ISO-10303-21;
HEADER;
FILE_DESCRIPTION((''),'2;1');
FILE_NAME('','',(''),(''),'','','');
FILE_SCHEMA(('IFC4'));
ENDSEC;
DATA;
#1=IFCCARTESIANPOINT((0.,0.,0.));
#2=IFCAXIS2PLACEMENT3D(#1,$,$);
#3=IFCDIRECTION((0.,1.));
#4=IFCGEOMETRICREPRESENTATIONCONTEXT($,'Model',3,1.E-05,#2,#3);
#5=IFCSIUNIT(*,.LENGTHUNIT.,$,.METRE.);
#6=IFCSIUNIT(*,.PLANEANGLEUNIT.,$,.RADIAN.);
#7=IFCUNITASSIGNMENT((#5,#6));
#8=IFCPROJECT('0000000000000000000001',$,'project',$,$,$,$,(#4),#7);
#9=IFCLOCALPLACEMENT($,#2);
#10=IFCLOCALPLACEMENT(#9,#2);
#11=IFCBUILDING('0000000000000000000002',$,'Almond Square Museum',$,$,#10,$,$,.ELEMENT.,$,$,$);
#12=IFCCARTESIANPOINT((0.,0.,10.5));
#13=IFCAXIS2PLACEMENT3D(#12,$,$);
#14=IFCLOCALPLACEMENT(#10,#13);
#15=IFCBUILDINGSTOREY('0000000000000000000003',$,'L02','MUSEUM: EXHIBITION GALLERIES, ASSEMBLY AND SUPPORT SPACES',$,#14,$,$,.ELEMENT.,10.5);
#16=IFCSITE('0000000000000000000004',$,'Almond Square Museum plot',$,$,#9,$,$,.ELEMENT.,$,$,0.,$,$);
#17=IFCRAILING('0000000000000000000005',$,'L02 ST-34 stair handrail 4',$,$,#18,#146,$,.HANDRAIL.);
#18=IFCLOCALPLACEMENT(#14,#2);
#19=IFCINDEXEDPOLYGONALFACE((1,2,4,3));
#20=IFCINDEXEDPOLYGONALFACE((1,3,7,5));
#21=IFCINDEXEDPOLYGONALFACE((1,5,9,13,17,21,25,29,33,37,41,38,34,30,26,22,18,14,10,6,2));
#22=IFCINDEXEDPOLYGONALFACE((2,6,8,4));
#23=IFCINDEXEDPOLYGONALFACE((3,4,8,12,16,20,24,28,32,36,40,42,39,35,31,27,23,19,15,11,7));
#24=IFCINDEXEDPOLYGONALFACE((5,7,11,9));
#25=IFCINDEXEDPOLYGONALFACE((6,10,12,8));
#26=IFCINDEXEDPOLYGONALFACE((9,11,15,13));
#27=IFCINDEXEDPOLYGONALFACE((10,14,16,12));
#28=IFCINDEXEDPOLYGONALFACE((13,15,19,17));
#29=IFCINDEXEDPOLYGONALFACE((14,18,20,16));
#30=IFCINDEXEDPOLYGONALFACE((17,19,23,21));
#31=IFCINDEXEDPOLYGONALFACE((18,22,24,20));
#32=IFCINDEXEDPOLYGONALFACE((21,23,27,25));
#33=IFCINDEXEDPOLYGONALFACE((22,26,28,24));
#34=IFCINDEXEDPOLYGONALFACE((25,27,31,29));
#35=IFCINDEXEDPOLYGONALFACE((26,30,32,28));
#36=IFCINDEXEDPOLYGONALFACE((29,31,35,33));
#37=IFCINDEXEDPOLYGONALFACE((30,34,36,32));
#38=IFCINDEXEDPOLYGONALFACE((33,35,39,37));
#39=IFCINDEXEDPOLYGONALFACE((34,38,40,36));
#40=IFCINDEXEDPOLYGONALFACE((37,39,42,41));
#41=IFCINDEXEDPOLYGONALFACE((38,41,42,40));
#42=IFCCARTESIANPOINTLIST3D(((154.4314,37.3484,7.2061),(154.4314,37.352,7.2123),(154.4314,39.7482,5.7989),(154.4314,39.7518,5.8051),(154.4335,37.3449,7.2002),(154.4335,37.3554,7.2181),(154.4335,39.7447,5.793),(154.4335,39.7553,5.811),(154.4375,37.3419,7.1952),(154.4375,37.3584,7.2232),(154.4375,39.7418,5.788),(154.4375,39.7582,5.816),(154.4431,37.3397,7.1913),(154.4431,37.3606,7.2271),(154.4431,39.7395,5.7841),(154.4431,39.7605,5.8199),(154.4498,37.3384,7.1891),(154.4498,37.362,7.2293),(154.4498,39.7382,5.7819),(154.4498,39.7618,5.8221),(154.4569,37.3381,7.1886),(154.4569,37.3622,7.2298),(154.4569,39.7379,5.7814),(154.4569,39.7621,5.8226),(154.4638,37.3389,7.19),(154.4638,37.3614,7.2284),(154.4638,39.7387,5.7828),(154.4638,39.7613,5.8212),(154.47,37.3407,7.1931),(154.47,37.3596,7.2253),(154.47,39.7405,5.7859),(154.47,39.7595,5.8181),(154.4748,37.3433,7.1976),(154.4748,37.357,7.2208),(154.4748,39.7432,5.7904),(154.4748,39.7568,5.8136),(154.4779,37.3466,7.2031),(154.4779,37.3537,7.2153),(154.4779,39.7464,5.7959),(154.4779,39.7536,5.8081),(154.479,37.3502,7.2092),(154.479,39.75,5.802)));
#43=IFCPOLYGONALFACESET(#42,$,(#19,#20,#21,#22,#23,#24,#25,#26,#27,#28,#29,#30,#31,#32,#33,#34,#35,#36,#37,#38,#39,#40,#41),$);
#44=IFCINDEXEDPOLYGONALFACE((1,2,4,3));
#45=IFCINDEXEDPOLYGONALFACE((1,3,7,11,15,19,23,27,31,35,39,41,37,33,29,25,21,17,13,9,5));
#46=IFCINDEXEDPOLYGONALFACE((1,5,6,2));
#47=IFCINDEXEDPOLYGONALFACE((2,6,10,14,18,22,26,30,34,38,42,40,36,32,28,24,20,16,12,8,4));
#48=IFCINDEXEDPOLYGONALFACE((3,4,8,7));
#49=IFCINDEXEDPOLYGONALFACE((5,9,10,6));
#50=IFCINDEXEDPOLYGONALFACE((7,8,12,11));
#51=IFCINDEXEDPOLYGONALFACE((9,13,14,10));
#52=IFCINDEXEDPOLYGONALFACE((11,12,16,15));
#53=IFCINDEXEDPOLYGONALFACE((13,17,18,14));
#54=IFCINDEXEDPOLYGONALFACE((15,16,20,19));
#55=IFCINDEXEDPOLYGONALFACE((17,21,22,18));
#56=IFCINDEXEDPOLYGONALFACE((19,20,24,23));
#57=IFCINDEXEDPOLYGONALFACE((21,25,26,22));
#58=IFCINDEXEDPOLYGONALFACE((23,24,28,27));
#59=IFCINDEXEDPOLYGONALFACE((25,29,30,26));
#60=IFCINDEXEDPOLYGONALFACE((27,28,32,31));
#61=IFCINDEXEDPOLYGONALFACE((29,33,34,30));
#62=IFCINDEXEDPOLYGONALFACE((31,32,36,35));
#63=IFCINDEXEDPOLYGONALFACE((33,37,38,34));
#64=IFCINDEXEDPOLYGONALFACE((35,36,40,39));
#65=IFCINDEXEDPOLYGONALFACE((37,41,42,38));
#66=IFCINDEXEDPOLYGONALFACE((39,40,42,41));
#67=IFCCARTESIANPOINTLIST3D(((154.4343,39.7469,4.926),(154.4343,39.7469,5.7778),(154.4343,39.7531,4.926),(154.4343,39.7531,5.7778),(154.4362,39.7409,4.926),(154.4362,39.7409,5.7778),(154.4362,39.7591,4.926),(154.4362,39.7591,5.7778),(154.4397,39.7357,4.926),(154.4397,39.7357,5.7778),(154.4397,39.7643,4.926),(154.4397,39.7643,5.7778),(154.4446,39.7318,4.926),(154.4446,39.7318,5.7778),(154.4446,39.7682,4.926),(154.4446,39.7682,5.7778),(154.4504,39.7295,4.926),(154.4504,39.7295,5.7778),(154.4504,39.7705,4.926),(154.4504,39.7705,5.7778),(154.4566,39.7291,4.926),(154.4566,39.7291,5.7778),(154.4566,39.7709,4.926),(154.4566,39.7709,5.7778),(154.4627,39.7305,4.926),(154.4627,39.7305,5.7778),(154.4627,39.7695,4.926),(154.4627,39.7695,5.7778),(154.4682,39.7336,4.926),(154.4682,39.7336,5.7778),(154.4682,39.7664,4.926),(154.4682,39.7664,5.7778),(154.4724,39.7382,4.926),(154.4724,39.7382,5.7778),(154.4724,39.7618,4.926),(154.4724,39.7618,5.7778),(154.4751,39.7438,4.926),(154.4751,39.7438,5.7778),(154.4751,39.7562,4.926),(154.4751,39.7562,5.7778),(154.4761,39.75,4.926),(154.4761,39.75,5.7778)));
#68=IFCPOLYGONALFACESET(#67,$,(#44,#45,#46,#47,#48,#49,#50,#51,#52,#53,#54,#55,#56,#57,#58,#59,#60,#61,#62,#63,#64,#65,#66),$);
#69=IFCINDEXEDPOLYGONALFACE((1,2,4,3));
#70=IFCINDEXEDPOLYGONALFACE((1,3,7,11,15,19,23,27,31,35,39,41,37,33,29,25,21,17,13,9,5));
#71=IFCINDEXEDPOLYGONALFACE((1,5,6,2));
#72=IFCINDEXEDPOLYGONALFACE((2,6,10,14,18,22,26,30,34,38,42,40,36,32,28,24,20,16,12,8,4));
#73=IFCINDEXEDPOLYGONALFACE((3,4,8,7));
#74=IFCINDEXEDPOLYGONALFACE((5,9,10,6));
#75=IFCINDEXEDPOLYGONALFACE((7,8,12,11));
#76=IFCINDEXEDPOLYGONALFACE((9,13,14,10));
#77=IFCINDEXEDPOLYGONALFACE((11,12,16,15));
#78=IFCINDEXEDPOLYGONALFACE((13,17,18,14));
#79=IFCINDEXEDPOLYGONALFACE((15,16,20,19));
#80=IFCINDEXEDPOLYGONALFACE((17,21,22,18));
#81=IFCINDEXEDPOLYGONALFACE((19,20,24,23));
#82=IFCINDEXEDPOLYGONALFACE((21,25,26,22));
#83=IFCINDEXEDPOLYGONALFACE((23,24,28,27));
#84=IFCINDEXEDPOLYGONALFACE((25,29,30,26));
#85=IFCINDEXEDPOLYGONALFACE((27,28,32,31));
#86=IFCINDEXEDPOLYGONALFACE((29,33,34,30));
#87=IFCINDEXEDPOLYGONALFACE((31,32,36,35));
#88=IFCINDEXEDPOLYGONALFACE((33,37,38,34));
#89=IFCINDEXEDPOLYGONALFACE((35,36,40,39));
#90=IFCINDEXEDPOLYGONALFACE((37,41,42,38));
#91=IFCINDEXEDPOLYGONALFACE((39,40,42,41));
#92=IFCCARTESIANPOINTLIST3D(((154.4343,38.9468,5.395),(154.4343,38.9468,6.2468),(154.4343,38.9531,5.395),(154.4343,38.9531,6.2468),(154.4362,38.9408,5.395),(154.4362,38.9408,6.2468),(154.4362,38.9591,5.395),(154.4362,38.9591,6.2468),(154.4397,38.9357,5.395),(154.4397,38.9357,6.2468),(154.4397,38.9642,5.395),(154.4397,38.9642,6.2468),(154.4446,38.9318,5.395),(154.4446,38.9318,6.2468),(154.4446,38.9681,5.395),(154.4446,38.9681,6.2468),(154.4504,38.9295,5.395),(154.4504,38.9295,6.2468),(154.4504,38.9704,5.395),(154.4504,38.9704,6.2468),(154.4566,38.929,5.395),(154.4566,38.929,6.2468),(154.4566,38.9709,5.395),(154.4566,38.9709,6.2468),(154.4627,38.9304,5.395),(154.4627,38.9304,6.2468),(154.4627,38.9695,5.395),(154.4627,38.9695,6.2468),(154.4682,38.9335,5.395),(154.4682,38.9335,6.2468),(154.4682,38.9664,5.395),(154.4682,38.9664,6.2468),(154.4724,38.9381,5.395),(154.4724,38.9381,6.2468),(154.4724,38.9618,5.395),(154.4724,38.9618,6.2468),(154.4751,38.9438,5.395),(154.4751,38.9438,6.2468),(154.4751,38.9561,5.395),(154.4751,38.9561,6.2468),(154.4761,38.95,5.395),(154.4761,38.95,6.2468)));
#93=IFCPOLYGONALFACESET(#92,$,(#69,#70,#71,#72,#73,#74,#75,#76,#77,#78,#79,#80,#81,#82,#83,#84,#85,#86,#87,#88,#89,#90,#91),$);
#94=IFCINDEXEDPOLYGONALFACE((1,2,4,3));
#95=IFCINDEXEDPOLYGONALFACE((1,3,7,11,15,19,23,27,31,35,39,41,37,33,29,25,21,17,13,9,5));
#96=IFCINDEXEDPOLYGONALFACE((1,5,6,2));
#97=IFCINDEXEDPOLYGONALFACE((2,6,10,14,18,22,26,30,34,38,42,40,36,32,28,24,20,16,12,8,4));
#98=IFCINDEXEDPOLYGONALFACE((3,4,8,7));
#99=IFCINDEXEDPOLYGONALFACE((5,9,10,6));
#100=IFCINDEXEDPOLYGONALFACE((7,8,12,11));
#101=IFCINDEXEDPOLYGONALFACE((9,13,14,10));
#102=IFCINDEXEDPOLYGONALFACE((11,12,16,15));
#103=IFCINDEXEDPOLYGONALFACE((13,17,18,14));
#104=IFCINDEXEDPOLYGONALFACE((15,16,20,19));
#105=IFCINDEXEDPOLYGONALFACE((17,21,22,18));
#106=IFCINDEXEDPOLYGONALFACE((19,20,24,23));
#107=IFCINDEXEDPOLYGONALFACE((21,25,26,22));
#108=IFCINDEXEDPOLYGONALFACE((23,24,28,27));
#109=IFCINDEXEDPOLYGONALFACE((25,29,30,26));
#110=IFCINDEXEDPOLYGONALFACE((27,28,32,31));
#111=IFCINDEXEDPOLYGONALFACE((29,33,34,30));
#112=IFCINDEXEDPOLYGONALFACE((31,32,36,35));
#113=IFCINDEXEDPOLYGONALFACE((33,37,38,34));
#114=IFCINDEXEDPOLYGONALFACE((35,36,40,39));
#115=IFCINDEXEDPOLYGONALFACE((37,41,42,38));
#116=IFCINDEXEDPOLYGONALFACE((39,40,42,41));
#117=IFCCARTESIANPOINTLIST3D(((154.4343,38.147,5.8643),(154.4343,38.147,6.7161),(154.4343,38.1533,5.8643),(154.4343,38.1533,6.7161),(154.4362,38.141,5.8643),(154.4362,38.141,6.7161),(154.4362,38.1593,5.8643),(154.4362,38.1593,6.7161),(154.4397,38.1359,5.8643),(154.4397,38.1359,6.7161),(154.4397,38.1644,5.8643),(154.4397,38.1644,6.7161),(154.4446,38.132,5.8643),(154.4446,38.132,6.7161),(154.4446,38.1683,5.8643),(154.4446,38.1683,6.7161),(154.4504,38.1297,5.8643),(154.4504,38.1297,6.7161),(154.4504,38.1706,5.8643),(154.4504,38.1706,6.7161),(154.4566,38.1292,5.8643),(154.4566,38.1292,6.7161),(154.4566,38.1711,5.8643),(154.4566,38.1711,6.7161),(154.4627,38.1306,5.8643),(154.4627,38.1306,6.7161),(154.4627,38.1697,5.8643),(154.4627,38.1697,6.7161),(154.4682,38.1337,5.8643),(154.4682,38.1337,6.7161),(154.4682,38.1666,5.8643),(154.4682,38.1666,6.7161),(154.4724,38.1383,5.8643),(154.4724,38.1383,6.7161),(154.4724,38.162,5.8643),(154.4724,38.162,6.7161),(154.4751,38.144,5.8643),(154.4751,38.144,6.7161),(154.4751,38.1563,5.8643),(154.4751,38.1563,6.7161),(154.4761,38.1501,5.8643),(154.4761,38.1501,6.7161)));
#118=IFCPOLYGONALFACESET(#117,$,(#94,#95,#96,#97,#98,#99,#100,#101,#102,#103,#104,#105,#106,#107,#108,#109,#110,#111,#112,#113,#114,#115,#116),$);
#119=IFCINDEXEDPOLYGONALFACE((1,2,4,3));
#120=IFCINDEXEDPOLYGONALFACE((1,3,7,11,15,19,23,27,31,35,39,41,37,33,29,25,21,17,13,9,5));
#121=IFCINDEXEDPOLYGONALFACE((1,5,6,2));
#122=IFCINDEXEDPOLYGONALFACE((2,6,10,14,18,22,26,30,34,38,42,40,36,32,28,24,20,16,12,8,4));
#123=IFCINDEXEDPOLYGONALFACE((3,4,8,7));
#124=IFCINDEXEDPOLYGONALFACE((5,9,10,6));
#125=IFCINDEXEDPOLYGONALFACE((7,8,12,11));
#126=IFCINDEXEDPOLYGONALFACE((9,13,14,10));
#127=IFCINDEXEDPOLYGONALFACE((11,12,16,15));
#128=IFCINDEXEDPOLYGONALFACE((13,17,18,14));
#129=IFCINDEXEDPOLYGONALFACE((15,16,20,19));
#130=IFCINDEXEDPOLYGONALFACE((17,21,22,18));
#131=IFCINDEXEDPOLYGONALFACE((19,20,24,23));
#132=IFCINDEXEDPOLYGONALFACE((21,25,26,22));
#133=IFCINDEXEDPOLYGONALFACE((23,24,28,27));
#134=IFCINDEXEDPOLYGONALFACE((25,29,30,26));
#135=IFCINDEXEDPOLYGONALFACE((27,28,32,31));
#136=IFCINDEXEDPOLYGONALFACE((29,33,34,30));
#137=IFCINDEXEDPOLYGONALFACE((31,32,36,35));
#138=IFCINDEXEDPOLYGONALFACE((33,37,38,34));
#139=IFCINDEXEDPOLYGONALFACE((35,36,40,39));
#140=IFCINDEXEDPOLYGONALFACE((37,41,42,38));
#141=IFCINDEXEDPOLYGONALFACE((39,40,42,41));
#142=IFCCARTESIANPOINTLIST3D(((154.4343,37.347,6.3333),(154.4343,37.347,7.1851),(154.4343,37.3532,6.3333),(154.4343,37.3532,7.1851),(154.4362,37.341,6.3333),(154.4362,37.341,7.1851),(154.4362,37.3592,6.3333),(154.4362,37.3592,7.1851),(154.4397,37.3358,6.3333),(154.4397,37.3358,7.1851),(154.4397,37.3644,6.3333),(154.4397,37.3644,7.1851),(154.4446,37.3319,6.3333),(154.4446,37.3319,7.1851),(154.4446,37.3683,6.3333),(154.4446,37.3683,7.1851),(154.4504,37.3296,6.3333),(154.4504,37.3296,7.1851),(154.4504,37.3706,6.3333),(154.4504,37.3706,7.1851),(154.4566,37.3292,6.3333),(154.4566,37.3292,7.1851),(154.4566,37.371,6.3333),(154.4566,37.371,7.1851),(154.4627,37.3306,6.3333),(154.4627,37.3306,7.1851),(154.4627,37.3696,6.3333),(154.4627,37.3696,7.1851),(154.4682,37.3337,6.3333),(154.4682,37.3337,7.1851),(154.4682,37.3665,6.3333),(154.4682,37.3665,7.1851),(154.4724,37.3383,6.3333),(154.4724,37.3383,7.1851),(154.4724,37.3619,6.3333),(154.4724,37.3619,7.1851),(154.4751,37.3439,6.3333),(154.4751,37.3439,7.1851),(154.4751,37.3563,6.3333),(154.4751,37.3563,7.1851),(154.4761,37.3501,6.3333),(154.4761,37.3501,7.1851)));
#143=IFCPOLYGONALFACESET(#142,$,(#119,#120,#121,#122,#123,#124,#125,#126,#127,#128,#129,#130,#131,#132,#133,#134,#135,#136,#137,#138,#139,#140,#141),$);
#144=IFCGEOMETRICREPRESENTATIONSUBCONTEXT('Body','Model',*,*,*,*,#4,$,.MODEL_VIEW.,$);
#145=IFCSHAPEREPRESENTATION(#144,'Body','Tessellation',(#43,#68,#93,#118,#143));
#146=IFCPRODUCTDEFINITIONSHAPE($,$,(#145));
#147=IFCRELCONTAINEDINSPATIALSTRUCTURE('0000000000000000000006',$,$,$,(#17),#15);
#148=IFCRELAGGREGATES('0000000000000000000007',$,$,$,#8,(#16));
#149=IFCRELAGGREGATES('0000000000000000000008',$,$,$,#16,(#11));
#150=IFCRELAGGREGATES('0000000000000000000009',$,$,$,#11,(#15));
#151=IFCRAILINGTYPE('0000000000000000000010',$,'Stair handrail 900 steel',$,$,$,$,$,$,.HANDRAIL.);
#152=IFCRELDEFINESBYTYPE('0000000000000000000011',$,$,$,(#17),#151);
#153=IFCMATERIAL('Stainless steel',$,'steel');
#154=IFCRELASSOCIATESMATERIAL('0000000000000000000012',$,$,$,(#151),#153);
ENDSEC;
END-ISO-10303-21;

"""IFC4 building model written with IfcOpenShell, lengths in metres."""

from ifc_helpers import new_model, si_unit, direction, frame, origin, origin_2d, place, context, subcontext, project, spatial, circle, extrude, material, type_object, element, save


model = new_model("IFC4")

# Units and contexts
model_context = context("Model", 3, precision=1e-05, world=origin(), true_north=direction((0.0, 1.0)))
body_context = subcontext(model_context, "Body", "Model", "MODEL_VIEW")
ifc_project = project(units=[si_unit("LENGTHUNIT", "METRE"), si_unit("PLANEANGLEUNIT", "RADIAN")], contexts=[model_context])

# Site, building, storey
site_placement = place(None, origin())
site = spatial("IfcSite", under=ifc_project, at=site_placement, Name="Almond Square Museum plot", CompositionType="ELEMENT", RefElevation=0.0)
building_placement = place(site_placement, origin())
building = spatial("IfcBuilding", under=site, at=building_placement, Name="Almond Square Museum", CompositionType="ELEMENT")
storey_placement = place(building_placement, frame((0.0, 0.0, 10.5)))
storey = spatial("IfcBuildingStorey", under=building, at=storey_placement, Name="L02", Description="MUSEUM: EXHIBITION GALLERIES, ASSEMBLY AND SUPPORT SPACES", CompositionType="ELEMENT", Elevation=10.5)

# Railing
ifc_material_1 = material(Name="Stainless steel", Category="steel")
railing_type_1 = type_object("IfcRailingType", Name="Stair handrail 900 steel", PredefinedType="HANDRAIL", material=ifc_material_1)
railing_1_placement = place(storey_placement, frame((154.4551, 39.75, 4.926)))
element("IfcRailing", 1, at=railing_1_placement, inside=storey, type_object=railing_type_1, Name="L02 ST-34 stair handrail 4", PredefinedType="HANDRAIL", context=body_context, shape_type="SweptSolid", body=[
    extrude(circle(Radius=0.0239, at=origin_2d()), frame((0.0, 0.0, 0.876), z_axis=(0.0, -0.862637, 0.505823), x_axis=(1.0, 0.0, 0.0)), (0.0, 0.0, 1.0), 2.782),
    extrude(circle(Radius=0.021, at=origin_2d()), origin(), (0.0, 0.0, 1.0), 0.8518),
    extrude(circle(Radius=0.021, at=origin_2d()), frame((0.0, -0.8, 0.469)), (0.0, 0.0, 1.0), 0.8518),
    extrude(circle(Radius=0.021, at=origin_2d()), frame((0.0, -1.5999, 0.9382)), (0.0, 0.0, 1.0), 0.8518),
    extrude(circle(Radius=0.021, at=origin_2d()), frame((0.0, -2.3999, 1.4072)), (0.0, 0.0, 1.0), 0.8518),
])

save(model, "model.ifc")
